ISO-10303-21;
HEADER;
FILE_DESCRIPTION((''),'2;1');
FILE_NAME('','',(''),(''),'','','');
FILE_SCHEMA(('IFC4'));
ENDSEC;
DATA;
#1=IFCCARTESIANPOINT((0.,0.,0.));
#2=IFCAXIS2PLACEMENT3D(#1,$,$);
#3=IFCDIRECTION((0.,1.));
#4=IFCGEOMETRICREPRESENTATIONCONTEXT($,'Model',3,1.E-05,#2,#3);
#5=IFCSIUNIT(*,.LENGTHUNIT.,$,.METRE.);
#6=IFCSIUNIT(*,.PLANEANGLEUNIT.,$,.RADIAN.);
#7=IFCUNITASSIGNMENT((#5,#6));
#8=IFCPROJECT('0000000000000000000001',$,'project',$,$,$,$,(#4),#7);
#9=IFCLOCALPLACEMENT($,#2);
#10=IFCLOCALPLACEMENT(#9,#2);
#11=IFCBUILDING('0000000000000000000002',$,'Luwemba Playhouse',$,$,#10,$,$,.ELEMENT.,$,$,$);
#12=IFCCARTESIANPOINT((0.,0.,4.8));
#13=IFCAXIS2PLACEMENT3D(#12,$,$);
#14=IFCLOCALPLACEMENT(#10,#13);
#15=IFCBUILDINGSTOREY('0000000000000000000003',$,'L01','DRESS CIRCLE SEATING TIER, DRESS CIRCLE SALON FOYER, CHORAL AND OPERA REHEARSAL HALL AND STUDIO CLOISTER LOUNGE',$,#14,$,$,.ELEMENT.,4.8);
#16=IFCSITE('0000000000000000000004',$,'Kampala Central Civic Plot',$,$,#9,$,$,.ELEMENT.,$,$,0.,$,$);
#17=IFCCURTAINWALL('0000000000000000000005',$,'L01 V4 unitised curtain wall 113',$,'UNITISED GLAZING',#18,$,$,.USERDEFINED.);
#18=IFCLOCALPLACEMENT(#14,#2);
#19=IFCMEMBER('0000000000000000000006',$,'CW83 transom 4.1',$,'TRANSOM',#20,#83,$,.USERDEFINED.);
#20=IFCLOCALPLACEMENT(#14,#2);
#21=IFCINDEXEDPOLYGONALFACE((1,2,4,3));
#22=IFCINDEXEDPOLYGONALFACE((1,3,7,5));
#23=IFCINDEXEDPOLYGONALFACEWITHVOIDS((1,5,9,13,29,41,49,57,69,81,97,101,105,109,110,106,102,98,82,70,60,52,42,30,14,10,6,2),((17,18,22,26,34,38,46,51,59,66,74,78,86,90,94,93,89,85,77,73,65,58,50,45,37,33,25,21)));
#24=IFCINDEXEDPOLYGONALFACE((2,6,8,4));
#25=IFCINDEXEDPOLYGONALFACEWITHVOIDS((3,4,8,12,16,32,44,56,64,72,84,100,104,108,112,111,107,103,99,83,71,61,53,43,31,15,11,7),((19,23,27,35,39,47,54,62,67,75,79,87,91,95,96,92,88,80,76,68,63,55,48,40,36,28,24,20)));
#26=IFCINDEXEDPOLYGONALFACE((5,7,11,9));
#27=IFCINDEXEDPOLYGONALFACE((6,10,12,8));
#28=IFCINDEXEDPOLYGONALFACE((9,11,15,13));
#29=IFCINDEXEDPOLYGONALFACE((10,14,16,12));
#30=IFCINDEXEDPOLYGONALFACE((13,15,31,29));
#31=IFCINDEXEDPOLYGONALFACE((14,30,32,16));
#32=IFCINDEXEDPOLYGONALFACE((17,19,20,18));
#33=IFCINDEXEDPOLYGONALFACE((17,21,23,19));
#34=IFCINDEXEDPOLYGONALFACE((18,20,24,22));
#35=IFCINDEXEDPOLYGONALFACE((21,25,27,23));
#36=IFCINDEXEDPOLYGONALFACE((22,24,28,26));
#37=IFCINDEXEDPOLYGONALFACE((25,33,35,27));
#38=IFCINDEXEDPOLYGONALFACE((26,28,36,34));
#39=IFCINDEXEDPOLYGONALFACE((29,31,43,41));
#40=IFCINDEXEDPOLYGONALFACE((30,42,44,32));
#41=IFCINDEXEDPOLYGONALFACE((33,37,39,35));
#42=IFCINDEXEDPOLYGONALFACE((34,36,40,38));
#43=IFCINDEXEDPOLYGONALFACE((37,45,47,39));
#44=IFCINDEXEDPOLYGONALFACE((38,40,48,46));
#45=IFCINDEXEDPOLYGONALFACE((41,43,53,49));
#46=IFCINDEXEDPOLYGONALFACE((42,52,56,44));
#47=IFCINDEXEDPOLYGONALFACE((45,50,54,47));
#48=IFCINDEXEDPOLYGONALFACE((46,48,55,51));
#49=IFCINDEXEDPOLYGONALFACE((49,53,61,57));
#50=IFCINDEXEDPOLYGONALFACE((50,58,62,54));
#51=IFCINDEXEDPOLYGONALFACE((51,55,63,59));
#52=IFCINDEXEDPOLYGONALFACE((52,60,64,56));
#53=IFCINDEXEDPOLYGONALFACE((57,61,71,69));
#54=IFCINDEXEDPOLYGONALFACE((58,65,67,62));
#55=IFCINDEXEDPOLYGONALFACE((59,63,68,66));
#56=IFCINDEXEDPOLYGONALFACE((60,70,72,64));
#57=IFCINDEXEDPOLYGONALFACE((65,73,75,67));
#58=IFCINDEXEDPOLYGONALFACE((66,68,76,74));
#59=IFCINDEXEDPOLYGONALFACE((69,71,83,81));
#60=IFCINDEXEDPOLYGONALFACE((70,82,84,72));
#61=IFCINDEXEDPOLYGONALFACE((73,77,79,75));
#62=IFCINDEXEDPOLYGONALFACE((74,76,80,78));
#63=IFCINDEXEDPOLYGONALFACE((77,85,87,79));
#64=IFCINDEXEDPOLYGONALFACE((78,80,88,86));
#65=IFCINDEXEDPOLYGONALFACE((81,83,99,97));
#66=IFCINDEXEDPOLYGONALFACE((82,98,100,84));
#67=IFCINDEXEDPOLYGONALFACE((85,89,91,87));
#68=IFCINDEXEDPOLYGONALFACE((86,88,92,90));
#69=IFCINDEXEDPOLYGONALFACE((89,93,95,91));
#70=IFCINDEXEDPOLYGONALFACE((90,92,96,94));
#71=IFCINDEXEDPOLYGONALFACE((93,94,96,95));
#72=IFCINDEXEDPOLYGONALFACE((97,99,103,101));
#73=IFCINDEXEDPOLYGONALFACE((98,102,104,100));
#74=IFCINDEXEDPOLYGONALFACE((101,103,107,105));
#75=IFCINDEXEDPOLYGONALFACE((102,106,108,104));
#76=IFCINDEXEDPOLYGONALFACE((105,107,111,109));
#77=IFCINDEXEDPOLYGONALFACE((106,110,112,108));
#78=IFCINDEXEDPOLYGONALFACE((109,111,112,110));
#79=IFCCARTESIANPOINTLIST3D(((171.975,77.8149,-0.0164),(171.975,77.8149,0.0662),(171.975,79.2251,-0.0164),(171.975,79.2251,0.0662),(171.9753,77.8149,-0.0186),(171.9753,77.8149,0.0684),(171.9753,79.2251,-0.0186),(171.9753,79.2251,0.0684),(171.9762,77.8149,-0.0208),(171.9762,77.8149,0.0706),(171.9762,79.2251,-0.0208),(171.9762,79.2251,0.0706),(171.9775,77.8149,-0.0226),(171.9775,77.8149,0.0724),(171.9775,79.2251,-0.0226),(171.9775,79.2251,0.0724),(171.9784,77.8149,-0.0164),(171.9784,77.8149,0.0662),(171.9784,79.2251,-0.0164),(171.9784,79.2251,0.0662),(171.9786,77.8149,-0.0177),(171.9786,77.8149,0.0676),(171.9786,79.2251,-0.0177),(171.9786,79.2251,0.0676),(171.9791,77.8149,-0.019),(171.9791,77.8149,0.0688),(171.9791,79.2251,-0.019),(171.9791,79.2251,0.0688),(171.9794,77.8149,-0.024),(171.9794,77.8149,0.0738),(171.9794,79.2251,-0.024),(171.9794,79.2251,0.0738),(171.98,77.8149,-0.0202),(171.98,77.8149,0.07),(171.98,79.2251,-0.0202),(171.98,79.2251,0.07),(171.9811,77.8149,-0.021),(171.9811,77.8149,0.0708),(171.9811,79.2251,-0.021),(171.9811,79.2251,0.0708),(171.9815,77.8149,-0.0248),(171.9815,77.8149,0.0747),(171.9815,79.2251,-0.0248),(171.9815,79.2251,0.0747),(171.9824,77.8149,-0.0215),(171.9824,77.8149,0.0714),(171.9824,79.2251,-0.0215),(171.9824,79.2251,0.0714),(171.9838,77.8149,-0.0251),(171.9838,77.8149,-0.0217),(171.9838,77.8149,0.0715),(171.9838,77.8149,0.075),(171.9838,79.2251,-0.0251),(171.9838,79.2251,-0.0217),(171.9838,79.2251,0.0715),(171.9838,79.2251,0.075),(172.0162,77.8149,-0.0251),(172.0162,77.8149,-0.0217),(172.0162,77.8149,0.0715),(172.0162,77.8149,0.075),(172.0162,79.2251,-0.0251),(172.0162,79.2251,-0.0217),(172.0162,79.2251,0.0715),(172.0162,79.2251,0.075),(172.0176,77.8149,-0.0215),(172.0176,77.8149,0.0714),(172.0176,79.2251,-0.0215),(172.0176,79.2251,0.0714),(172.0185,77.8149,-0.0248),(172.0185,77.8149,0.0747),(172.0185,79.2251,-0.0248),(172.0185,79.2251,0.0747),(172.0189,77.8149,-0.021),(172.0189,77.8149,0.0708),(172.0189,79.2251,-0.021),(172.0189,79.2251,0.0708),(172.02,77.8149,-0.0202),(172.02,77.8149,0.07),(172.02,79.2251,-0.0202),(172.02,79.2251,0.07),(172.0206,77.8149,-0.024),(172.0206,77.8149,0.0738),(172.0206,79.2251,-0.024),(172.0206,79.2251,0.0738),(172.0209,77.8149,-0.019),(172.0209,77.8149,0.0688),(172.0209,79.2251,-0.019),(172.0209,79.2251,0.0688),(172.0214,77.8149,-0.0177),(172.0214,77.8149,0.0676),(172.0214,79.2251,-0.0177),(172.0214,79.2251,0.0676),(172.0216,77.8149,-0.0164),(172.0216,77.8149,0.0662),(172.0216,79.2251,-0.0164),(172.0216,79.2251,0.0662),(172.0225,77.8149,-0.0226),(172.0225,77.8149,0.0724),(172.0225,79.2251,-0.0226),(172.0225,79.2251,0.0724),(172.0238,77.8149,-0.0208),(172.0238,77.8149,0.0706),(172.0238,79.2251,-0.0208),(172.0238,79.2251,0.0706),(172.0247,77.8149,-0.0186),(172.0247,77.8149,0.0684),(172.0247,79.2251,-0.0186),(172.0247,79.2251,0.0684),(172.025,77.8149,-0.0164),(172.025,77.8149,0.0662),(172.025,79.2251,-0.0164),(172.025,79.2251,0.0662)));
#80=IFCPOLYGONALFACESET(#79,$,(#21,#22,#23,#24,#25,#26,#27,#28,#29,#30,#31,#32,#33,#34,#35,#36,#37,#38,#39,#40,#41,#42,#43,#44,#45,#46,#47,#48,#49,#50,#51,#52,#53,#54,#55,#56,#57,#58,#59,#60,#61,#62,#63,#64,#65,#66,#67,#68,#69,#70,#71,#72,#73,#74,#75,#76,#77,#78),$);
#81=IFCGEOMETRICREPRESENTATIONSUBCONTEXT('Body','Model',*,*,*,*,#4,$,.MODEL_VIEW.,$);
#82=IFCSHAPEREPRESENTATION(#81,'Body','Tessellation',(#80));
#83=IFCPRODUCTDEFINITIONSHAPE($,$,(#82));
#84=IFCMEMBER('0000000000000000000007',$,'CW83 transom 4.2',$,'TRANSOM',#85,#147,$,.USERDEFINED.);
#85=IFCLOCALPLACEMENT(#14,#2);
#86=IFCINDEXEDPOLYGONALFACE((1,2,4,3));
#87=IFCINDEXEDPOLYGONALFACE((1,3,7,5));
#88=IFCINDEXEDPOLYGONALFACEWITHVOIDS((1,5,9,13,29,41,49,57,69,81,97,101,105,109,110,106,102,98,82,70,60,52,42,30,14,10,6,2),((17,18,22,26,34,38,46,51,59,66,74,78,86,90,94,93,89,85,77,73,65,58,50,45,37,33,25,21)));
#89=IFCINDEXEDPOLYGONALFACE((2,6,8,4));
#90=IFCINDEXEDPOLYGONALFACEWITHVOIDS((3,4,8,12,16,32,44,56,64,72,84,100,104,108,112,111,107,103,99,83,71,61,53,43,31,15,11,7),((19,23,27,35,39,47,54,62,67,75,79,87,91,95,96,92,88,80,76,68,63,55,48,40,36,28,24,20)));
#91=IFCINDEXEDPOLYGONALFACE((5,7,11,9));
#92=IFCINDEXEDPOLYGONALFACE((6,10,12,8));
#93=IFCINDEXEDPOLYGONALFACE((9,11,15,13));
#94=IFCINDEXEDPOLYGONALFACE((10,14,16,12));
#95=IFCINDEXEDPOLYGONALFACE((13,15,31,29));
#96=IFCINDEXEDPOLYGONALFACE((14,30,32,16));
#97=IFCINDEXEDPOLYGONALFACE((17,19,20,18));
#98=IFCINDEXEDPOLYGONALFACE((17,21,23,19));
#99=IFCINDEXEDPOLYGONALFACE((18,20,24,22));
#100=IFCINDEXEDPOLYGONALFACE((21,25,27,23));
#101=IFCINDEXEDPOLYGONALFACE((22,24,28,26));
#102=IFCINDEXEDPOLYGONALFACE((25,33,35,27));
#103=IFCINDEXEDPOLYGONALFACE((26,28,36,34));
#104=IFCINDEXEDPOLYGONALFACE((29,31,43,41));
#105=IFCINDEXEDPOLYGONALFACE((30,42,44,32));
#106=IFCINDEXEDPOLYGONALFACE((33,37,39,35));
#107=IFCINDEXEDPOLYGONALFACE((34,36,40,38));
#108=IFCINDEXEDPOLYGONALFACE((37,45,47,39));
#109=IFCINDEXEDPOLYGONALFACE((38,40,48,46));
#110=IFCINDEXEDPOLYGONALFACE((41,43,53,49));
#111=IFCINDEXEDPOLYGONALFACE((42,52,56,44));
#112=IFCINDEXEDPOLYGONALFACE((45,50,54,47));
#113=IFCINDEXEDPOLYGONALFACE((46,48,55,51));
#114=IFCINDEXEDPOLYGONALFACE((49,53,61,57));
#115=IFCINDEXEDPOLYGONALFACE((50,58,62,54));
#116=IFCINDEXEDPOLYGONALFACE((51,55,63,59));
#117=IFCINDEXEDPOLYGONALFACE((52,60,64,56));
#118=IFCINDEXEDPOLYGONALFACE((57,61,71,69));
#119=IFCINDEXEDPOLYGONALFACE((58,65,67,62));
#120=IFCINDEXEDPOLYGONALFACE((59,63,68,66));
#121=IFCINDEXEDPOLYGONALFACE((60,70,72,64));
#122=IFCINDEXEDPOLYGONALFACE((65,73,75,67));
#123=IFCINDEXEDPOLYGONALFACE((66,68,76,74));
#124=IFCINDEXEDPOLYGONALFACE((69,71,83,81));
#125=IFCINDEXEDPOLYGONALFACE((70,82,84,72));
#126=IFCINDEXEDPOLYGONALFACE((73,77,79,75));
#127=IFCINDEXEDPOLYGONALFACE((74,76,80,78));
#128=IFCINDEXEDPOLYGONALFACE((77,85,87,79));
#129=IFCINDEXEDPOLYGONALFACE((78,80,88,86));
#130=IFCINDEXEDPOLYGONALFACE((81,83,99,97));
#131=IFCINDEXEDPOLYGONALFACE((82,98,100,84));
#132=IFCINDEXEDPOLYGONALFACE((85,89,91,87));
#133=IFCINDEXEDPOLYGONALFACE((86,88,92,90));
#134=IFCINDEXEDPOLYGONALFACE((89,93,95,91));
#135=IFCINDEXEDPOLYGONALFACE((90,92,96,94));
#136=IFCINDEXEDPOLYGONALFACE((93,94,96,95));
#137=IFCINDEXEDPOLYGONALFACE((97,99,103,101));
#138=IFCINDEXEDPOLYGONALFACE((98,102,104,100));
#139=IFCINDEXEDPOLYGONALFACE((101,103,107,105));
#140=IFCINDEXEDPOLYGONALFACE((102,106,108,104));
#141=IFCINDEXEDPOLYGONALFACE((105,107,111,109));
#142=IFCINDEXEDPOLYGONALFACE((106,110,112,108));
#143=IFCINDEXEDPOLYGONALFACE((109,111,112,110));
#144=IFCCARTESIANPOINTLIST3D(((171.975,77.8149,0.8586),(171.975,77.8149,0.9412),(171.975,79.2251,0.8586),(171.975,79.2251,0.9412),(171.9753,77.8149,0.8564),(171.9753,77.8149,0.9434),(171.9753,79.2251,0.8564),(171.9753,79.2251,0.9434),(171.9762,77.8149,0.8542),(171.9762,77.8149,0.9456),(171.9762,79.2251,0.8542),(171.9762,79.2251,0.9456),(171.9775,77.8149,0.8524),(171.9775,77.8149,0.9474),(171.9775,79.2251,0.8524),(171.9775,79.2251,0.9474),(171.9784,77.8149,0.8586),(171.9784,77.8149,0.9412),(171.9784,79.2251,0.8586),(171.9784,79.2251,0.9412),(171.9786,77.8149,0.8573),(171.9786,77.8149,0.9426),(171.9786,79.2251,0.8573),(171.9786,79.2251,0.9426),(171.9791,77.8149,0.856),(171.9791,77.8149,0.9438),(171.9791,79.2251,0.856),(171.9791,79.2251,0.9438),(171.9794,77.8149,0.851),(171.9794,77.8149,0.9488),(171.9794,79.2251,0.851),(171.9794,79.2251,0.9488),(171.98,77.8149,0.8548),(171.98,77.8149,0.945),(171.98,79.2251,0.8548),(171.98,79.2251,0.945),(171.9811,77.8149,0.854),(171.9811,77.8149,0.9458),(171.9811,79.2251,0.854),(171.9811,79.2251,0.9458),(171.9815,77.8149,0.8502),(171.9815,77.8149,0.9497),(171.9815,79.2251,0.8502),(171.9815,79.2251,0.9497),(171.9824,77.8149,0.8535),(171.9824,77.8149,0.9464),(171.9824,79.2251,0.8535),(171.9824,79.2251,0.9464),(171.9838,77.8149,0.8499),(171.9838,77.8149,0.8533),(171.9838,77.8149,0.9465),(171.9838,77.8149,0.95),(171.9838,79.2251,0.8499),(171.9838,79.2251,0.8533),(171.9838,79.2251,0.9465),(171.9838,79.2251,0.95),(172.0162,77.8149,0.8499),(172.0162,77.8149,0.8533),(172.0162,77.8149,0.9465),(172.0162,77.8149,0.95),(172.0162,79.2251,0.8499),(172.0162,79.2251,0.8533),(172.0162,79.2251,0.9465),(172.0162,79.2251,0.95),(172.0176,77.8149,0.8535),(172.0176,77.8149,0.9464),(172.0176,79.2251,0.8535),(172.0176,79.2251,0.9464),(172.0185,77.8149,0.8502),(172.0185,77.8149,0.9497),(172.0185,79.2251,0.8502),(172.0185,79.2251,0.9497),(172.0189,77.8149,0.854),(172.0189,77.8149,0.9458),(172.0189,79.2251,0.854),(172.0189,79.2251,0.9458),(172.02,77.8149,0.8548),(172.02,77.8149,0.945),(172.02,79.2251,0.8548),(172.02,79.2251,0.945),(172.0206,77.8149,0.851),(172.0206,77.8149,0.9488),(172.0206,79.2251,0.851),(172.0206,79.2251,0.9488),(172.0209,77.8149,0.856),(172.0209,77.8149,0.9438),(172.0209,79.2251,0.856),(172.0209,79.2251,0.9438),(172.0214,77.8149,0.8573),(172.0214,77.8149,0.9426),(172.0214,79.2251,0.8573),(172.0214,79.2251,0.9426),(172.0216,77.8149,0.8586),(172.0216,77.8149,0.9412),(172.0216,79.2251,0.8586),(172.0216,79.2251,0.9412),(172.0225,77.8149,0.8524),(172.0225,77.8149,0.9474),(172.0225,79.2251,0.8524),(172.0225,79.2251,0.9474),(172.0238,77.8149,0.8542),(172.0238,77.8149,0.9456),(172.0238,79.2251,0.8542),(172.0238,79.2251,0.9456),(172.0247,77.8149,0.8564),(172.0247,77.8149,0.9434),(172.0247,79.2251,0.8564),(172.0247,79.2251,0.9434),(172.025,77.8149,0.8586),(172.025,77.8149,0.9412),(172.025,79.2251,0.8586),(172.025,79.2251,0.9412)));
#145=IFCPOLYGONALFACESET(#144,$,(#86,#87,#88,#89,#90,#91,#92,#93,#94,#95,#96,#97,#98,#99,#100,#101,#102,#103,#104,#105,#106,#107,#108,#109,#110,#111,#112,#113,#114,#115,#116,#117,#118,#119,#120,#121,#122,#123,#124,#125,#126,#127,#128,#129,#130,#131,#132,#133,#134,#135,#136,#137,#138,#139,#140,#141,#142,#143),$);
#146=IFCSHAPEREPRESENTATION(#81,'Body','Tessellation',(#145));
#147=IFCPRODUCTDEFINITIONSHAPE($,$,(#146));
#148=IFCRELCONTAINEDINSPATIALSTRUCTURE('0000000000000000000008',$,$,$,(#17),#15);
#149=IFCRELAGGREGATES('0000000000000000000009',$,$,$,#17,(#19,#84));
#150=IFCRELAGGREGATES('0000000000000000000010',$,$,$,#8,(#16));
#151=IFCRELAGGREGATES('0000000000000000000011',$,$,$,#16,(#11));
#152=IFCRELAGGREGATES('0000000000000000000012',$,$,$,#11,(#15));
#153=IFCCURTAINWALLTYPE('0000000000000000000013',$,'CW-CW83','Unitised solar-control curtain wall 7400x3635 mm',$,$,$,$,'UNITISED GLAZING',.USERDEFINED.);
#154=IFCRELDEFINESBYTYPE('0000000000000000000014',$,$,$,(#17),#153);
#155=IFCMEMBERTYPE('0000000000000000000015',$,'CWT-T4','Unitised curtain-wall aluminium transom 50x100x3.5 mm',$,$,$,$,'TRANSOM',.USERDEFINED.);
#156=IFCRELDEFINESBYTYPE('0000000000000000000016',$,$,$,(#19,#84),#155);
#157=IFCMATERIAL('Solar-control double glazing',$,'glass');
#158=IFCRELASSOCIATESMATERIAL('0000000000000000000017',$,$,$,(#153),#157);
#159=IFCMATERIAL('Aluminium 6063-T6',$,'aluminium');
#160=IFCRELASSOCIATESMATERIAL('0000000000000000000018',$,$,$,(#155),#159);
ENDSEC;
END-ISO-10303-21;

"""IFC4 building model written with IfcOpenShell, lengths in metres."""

from ifc_helpers import new_model, si_unit, direction, frame, origin, origin_2d, place, context, subcontext, project, spatial, hollow_rectangle, extrude, material, material_profile, profile_set, type_object, element, aggregate, save


model = new_model("IFC4")

# Units and contexts
model_context = context("Model", 3, precision=1e-05, world=origin(), true_north=direction((0.0, 1.0)))
body_context = subcontext(model_context, "Body", "Model", "MODEL_VIEW")
ifc_project = project(units=[si_unit("LENGTHUNIT", "METRE"), si_unit("PLANEANGLEUNIT", "RADIAN")], contexts=[model_context])

# Site, building, storey
site_placement = place(None, origin())
site = spatial("IfcSite", under=ifc_project, at=site_placement, Name="Kampala Central Civic Plot", CompositionType="ELEMENT", RefElevation=0.0)
building_placement = place(site_placement, origin())
building = spatial("IfcBuilding", under=site, at=building_placement, Name="Luwemba Playhouse", CompositionType="ELEMENT")
storey_placement = place(building_placement, frame((0.0, 0.0, 4.8)))
storey = spatial("IfcBuildingStorey", under=building, at=storey_placement, Name="L01", Description="DRESS CIRCLE SEATING TIER, DRESS CIRCLE SALON FOYER, CHORAL AND OPERA REHEARSAL HALL AND STUDIO CLOISTER LOUNGE", CompositionType="ELEMENT", Elevation=4.8)

# Curtain wall, members
ifc_material_1 = material(Name="Solar-control double glazing", Category="glass")
curtain_wall_type = type_object("IfcCurtainWallType", Name="CW-CW83", Description="Unitised solar-control curtain wall 7400x3635 mm", ElementType="UNITISED GLAZING", PredefinedType="USERDEFINED", material=ifc_material_1)
curtain_wall_placement = place(storey_placement, origin())
curtain_wall = element("IfcCurtainWall", 1, at=curtain_wall_placement, inside=storey, type_object=curtain_wall_type, Name="L01 V4 unitised curtain wall 113", ObjectType="UNITISED GLAZING", PredefinedType="USERDEFINED")
ifc_material_2 = material(Name="Aluminium 6063-T6", Category="aluminium")
ifc_material_profile_1 = material_profile(ifc_material_2, hollow_rectangle(XDim=0.05, YDim=0.1001, WallThickness=0.0034, InnerFilletRadius=0.0054, OuterFilletRadius=0.0088, at=origin_2d()))
ifc_profile_set_1 = profile_set([ifc_material_profile_1], Name="Aluminium 6063-T6")
member_type_1 = type_object("IfcMemberType", Name="CWT-T4", Description="Unitised curtain-wall aluminium transom 50x100x3.5 mm", ElementType="TRANSOM", PredefinedType="USERDEFINED", material=ifc_profile_set_1)
member_1_placement = place(storey_placement, frame((172.0, 79.2251, 0.0249), z_axis=(0.0, -1.0, 0.0), x_axis=(1.0, 0.0, 0.0)))
member_1 = element("IfcMember", 2, at=member_1_placement, type_object=member_type_1, Name="CW83 transom 4.1", ObjectType="TRANSOM", PredefinedType="USERDEFINED", context=body_context, shape_type="SweptSolid", body=[
    extrude(hollow_rectangle(XDim=0.05, YDim=0.1001, WallThickness=0.0034, InnerFilletRadius=0.0054, OuterFilletRadius=0.0088, at=origin_2d()), origin(), (0.0, 0.0, 1.0), 1.4102),
])
member_2_placement = place(storey_placement, frame((172.0, 79.2251, 0.8999), z_axis=(0.0, -1.0, 0.0), x_axis=(1.0, 0.0, 0.0)))
member_2 = element("IfcMember", 3, at=member_2_placement, type_object=member_type_1, Name="CW83 transom 4.2", ObjectType="TRANSOM", PredefinedType="USERDEFINED", context=body_context, shape_type="SweptSolid", body=[
    extrude(hollow_rectangle(XDim=0.05, YDim=0.1001, WallThickness=0.0034, InnerFilletRadius=0.0054, OuterFilletRadius=0.0088, at=origin_2d()), origin(), (0.0, 0.0, 1.0), 1.4102),
])
aggregate(curtain_wall, [member_1, member_2])

save(model, "model.ifc")
